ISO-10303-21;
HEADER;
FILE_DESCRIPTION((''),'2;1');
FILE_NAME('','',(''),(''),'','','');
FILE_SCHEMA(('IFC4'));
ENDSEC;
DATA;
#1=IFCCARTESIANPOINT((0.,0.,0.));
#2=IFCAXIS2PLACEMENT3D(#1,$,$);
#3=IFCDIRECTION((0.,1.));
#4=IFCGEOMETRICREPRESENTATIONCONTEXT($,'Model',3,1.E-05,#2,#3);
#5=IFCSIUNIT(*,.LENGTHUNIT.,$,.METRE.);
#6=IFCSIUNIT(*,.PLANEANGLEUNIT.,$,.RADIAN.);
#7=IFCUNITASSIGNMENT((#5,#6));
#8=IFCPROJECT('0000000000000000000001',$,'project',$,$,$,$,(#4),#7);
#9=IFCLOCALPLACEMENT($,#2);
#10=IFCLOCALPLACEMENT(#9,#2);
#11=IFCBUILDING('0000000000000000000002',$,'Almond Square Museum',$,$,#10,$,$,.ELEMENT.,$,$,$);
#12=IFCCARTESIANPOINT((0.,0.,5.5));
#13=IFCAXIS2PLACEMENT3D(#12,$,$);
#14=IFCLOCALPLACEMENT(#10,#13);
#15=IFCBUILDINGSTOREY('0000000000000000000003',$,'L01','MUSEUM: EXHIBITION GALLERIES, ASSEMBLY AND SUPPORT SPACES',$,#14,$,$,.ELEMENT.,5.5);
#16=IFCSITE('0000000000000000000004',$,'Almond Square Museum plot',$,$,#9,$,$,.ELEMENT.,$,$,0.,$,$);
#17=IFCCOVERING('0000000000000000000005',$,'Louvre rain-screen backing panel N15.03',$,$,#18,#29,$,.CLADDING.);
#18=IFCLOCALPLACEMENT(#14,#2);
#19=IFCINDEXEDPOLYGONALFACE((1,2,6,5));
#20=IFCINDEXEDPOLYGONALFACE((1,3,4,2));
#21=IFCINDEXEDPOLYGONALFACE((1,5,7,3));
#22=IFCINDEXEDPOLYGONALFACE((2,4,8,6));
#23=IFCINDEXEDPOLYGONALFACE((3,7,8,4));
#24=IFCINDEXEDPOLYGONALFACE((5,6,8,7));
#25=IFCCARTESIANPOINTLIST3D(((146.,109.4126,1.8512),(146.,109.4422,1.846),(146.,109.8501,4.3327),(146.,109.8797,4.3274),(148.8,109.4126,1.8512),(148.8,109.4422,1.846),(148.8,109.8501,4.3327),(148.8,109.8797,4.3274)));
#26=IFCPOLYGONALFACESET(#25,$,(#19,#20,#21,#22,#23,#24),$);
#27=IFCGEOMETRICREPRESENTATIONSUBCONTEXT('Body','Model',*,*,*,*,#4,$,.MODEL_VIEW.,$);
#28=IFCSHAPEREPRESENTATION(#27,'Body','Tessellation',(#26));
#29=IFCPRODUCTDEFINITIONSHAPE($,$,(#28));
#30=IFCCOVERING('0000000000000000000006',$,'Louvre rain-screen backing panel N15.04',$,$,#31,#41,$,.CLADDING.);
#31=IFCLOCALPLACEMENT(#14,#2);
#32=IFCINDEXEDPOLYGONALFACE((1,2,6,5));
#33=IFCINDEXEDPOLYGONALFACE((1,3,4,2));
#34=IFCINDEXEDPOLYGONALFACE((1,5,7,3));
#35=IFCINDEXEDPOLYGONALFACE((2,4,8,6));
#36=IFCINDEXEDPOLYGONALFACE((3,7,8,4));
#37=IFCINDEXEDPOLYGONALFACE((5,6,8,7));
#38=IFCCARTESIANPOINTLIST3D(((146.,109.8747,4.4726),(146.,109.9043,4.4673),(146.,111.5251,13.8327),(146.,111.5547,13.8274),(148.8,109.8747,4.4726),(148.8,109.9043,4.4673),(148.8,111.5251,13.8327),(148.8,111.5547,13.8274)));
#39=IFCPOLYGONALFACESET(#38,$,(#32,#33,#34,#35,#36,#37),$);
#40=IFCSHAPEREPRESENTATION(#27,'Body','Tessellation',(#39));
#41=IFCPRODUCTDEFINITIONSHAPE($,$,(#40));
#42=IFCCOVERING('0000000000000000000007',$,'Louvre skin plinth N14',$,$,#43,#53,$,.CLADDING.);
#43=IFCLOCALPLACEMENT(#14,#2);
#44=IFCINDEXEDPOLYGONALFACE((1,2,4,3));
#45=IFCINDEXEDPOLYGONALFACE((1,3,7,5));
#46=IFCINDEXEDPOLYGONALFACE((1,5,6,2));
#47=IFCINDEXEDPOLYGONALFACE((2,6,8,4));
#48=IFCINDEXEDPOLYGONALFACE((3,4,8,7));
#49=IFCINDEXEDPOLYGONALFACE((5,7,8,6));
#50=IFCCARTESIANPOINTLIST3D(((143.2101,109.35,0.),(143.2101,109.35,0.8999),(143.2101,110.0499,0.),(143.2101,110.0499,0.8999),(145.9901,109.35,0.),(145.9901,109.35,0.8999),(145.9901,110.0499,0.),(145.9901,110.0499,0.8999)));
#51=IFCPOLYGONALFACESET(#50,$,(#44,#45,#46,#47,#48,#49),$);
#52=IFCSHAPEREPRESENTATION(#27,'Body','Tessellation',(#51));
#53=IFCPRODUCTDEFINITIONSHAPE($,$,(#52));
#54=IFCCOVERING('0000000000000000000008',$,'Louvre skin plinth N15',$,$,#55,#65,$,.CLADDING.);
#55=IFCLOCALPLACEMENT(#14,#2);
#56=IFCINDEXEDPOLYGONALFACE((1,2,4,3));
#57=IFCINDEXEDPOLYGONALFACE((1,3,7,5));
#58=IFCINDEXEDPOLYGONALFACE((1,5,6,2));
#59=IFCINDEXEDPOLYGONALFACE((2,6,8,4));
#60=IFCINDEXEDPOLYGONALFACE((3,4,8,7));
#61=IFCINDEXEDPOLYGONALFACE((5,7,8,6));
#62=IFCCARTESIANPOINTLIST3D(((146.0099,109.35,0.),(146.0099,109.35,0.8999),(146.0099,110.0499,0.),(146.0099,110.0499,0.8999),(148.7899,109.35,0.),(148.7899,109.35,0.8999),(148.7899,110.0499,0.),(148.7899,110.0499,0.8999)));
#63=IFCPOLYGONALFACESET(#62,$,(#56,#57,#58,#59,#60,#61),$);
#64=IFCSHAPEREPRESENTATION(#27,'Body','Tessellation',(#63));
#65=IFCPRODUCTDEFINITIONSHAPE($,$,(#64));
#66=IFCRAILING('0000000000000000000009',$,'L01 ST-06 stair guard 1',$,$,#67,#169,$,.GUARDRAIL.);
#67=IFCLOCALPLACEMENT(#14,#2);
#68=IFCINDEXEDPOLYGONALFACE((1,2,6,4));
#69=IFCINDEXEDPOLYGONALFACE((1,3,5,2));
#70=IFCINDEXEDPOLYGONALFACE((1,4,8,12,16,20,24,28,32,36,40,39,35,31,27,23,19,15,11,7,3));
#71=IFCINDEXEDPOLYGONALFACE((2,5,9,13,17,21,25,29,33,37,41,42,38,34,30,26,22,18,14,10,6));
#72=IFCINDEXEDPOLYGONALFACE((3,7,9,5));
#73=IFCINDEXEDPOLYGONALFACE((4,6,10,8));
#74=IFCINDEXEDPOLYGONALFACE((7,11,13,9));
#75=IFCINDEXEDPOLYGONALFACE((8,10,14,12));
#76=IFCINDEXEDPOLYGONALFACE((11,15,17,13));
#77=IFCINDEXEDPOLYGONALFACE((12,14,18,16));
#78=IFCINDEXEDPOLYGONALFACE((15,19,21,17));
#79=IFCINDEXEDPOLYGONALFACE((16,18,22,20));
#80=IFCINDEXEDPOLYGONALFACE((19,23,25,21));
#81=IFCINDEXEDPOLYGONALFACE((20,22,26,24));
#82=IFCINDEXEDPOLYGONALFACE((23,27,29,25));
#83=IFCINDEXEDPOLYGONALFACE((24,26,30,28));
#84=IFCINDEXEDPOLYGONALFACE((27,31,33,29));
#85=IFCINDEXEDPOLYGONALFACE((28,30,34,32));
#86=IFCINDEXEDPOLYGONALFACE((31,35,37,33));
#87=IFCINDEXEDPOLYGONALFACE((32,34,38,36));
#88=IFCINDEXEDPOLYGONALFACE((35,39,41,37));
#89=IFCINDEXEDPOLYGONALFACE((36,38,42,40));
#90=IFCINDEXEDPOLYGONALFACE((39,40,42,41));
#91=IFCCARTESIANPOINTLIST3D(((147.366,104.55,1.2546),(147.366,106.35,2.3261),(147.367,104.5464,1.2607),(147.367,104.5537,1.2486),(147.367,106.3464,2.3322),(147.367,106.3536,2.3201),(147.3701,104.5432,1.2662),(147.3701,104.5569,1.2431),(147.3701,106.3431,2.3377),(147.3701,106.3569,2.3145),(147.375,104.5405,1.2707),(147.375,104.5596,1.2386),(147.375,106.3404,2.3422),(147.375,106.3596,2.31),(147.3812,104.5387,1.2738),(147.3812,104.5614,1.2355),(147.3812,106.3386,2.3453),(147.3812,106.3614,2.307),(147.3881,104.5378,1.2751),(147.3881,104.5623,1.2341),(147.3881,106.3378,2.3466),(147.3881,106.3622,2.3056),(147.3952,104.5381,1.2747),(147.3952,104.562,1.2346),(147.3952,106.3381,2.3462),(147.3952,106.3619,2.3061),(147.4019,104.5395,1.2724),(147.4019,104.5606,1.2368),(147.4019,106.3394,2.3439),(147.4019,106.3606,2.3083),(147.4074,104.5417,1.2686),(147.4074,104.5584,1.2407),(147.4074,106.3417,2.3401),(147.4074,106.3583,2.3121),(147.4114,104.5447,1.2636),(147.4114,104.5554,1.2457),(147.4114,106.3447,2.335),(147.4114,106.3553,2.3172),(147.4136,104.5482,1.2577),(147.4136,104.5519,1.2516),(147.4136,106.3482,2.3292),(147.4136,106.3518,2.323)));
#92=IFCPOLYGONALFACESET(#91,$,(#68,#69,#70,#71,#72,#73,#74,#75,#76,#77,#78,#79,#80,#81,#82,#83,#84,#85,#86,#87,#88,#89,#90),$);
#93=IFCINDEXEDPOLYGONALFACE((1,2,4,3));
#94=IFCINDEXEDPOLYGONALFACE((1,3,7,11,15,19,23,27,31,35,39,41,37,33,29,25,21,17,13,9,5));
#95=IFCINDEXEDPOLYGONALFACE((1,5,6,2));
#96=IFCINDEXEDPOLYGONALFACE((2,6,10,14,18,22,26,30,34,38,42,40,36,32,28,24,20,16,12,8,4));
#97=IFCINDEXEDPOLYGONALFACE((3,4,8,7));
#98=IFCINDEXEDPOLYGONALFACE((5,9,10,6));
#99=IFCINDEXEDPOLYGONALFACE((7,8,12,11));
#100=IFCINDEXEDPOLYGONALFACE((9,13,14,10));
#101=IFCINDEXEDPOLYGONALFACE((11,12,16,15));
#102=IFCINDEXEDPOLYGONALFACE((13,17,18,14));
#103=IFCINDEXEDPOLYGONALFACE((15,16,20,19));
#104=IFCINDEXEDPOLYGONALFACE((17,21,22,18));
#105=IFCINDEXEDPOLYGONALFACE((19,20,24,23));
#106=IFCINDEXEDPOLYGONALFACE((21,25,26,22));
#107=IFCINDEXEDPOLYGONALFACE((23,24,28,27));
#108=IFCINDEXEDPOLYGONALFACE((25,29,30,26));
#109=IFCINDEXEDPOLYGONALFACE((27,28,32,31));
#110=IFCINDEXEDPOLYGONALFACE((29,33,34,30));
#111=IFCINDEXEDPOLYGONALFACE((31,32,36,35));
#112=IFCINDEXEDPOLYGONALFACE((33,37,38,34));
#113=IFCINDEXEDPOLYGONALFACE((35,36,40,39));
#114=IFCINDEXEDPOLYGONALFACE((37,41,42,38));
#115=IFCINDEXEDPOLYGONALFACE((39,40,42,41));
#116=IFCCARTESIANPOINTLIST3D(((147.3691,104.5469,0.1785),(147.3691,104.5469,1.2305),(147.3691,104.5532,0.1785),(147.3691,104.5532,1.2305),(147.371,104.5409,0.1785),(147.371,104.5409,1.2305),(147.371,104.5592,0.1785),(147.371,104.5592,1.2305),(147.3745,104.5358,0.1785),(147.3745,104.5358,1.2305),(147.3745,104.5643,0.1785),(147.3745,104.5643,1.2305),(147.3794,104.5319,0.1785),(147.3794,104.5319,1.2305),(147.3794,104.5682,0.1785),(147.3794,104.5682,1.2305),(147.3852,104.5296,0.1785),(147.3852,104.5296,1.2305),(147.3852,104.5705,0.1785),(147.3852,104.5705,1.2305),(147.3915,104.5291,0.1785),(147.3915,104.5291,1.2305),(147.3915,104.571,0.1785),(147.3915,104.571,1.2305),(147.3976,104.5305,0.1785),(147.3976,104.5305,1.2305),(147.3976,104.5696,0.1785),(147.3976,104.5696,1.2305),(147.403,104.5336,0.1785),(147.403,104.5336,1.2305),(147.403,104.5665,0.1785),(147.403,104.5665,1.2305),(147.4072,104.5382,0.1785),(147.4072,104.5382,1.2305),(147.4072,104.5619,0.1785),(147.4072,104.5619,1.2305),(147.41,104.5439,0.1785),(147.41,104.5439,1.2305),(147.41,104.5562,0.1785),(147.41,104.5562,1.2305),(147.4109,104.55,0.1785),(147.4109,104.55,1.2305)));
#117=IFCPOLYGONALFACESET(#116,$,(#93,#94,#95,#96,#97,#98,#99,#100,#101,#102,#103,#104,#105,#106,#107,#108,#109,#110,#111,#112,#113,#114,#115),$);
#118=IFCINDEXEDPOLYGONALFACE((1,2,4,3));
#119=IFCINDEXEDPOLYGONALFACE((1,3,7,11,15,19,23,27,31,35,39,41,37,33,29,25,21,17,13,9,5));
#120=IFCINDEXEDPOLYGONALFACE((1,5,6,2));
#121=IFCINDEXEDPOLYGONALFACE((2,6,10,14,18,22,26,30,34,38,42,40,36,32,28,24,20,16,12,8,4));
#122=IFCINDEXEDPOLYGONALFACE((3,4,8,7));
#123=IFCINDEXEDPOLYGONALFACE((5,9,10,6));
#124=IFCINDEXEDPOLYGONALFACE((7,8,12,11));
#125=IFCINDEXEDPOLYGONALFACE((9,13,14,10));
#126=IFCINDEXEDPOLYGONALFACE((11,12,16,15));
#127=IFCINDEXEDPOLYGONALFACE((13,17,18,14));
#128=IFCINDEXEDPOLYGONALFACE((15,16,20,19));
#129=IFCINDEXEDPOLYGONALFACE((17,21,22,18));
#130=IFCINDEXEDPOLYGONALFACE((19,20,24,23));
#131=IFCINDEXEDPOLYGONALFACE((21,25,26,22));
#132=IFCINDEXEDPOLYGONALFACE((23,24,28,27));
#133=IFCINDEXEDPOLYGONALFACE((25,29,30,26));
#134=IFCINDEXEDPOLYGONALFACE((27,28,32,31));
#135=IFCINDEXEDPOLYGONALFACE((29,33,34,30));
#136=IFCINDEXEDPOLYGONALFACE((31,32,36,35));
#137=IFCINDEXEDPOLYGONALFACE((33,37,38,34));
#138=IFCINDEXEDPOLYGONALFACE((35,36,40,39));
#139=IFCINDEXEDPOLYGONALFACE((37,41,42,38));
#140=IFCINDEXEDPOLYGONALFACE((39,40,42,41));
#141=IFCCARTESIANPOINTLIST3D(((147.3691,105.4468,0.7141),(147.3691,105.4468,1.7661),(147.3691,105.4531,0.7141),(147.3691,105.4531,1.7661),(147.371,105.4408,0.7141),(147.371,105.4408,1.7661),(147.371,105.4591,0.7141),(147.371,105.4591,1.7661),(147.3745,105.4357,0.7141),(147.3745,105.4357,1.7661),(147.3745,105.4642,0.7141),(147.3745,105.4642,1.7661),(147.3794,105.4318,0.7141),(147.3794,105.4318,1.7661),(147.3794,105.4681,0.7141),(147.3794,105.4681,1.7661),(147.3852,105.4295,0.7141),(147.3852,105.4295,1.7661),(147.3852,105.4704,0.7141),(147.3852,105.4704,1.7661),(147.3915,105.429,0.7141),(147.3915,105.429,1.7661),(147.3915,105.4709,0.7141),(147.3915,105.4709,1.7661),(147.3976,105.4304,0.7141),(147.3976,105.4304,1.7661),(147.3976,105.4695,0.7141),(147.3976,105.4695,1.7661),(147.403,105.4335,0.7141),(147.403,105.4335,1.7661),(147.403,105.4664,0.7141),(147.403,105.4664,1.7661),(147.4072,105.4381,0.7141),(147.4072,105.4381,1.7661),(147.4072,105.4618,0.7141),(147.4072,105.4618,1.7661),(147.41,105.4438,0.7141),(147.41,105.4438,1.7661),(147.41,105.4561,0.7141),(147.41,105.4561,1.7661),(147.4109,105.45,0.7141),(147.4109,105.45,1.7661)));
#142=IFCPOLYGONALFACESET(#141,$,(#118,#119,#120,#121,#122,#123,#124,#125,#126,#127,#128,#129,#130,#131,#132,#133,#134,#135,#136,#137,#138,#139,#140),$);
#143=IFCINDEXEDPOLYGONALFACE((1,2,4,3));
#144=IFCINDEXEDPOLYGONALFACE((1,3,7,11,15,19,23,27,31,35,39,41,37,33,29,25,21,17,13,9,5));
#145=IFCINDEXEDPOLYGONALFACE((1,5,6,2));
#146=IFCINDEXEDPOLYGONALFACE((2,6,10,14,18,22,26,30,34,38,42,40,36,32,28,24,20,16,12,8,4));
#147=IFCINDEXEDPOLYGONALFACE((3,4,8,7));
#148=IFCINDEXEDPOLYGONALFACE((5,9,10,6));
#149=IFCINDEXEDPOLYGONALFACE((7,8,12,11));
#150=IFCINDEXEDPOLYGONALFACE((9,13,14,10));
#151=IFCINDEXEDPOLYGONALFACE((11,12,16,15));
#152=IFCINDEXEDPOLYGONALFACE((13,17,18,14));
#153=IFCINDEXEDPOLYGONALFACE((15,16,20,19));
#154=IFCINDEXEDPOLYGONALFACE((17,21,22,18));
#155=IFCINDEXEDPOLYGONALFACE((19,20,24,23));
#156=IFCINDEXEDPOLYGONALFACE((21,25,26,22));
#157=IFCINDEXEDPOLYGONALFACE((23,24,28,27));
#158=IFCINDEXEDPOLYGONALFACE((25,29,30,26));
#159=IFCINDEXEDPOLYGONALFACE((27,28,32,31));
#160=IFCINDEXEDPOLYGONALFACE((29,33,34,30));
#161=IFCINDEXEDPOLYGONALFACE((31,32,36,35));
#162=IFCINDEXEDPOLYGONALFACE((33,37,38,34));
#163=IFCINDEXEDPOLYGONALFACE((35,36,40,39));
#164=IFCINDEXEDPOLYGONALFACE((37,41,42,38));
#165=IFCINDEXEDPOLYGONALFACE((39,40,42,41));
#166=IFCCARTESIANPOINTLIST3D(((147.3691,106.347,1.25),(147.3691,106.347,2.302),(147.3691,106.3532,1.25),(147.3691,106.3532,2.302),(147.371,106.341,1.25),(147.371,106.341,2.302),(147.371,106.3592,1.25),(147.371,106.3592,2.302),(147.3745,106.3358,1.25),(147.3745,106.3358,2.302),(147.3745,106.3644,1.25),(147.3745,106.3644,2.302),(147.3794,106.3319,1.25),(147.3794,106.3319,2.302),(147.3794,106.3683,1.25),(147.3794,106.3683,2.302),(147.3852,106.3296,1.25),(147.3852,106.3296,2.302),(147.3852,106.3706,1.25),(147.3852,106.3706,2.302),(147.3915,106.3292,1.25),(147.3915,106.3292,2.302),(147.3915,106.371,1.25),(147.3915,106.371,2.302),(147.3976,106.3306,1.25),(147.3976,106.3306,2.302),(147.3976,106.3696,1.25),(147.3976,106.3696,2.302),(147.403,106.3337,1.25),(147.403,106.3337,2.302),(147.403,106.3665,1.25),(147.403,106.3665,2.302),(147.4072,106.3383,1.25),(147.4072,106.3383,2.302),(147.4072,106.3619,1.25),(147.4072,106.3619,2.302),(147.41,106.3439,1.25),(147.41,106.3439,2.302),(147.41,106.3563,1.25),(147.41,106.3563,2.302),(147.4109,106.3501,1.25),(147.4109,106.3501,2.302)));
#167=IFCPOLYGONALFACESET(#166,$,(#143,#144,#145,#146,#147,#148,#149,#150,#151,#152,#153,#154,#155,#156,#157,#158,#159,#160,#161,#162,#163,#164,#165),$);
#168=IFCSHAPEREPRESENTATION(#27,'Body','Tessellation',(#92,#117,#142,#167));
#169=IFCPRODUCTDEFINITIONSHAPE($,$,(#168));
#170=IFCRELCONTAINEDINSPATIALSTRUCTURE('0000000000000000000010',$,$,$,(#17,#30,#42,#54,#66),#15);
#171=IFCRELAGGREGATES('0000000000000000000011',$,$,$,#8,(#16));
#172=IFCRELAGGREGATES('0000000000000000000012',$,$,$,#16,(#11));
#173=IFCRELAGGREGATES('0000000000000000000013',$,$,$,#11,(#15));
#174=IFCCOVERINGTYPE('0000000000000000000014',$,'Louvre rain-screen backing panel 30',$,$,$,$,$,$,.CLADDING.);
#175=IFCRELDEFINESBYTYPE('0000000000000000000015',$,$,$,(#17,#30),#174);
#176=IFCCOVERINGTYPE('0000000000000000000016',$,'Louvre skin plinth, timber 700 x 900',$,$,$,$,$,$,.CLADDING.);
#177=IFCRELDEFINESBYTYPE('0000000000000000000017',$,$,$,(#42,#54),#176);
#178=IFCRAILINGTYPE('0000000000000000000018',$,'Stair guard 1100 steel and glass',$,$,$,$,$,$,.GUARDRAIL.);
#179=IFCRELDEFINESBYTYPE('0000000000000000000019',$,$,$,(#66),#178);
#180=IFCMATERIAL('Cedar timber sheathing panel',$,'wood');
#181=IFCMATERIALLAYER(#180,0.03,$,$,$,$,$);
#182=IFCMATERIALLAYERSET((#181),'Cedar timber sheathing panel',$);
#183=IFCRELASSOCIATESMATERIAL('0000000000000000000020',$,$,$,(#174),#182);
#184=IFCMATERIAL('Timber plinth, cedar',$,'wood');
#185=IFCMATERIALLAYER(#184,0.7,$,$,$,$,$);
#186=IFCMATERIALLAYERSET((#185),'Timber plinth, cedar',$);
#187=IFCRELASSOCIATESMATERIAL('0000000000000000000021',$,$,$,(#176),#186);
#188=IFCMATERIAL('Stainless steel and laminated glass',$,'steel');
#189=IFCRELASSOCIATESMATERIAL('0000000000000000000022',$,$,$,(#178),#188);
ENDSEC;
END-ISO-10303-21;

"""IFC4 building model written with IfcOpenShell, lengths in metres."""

from ifc_helpers import new_model, si_unit, direction, frame, origin, origin_2d, place, context, subcontext, project, spatial, polyline, rectangle, circle, outline, extrude, material, layer, layer_set, type_object, element, save


model = new_model("IFC4")

# Units and contexts
model_context = context("Model", 3, precision=1e-05, world=origin(), true_north=direction((0.0, 1.0)))
body_context = subcontext(model_context, "Body", "Model", "MODEL_VIEW")
ifc_project = project(units=[si_unit("LENGTHUNIT", "METRE"), si_unit("PLANEANGLEUNIT", "RADIAN")], contexts=[model_context])

# Site, building, storey
site_placement = place(None, origin())
site = spatial("IfcSite", under=ifc_project, at=site_placement, Name="Almond Square Museum plot", CompositionType="ELEMENT", RefElevation=0.0)
building_placement = place(site_placement, origin())
building = spatial("IfcBuilding", under=site, at=building_placement, Name="Almond Square Museum", CompositionType="ELEMENT")
storey_placement = place(building_placement, frame((0.0, 0.0, 5.5)))
storey = spatial("IfcBuildingStorey", under=building, at=storey_placement, Name="L01", Description="MUSEUM: EXHIBITION GALLERIES, ASSEMBLY AND SUPPORT SPACES", CompositionType="ELEMENT", Elevation=5.5)

# Coverings
ifc_material_1 = material(Name="Cedar timber sheathing panel", Category="wood")
ifc_layer_1 = layer(ifc_material_1, 0.03)
ifc_layer_set_1 = layer_set([ifc_layer_1], Name="Cedar timber sheathing panel")
covering_type_1 = type_object("IfcCoveringType", Name="Louvre rain-screen backing panel 30", PredefinedType="CLADDING", material=ifc_layer_set_1)
covering_1_placement = place(storey_placement, frame((146.0, 109.4272, 1.8486), z_axis=(0.0, -0.984811, 0.173631), x_axis=(1.0, 0.0, 0.0)))
element("IfcCovering", 1, at=covering_1_placement, inside=storey, type_object=covering_type_1, Name="Louvre rain-screen backing panel N15.03", PredefinedType="CLADDING", context=body_context, shape_type="SweptSolid", body=[
    extrude(outline(polyline([(0.0, 0.0), (2.8, 0.0), (2.8, 2.5197), (0.0, 2.5197), (0.0, 0.0)])), frame((0.0, 0.0, -0.0151)), (0.0, 0.0, 1.0), 0.03),
])
covering_2_placement = place(storey_placement, frame((146.0, 109.8894, 4.47), z_axis=(0.0, -0.984809, 0.173643), x_axis=(1.0, 0.0, 0.0)))
element("IfcCovering", 2, at=covering_2_placement, inside=storey, type_object=covering_type_1, Name="Louvre rain-screen backing panel N15.04", PredefinedType="CLADDING", context=body_context, shape_type="SweptSolid", body=[
    extrude(outline(polyline([(0.0, 0.0), (2.8, 0.0), (2.8, 9.5045), (0.0, 9.5045), (0.0, 0.0)])), frame((0.0, 0.0, -0.0151)), (0.0, 0.0, 1.0), 0.03),
])
ifc_material_2 = material(Name="Timber plinth, cedar", Category="wood")
ifc_layer_2 = layer(ifc_material_2, 0.7)
ifc_layer_set_2 = layer_set([ifc_layer_2], Name="Timber plinth, cedar")
covering_type_2 = type_object("IfcCoveringType", Name="Louvre skin plinth, timber 700 x 900", PredefinedType="CLADDING", material=ifc_layer_set_2)
for number, where, z_axis, x_axis, name in (
    (3, (144.6001, 109.7, 0.0), (0.0, 0.0, 1.0), (1.0, 0.0, 0.0), "Louvre skin plinth N14"),
    (4, (147.3999, 109.7, 0.0), (0.0, 0.0, 1.0), (1.0, 0.0, 0.0), "Louvre skin plinth N15"),
):
    element("IfcCovering", number, at=place(storey_placement, frame(where, z_axis=z_axis, x_axis=x_axis)), inside=storey, type_object=covering_type_2, Name=name, PredefinedType="CLADDING", context=body_context, shape_type="SweptSolid", body=[
        extrude(rectangle(XDim=2.78, YDim=0.7, at=origin_2d()), origin(), (0.0, 0.0, 1.0), 0.8999),
    ])

# Railing
ifc_material_3 = material(Name="Stainless steel and laminated glass", Category="steel")
railing_type_1 = type_object("IfcRailingType", Name="Stair guard 1100 steel and glass", PredefinedType="GUARDRAIL", material=ifc_material_3)
railing_1_placement = place(storey_placement, frame((147.3899, 104.55, 0.1785)))
element("IfcRailing", 5, at=railing_1_placement, inside=storey, type_object=railing_type_1, Name="L01 ST-06 stair guard 1", PredefinedType="GUARDRAIL", context=body_context, shape_type="SweptSolid", body=[
    extrude(circle(Radius=0.0239, at=origin_2d()), frame((0.0, 0.0, 1.0762), z_axis=(0.0, 0.859277, 0.51151), x_axis=(-1.0, 0.0, 0.0)), (0.0, 0.0, 1.0), 2.0947),
    extrude(circle(Radius=0.021, at=origin_2d()), origin(), (0.0, 0.0, 1.0), 1.052),
    extrude(circle(Radius=0.021, at=origin_2d()), frame((0.0, 0.8999, 0.5356)), (0.0, 0.0, 1.0), 1.052),
    extrude(circle(Radius=0.021, at=origin_2d()), frame((0.0, 1.8, 1.0715)), (0.0, 0.0, 1.0), 1.052),
])

save(model, "model.ifc")
